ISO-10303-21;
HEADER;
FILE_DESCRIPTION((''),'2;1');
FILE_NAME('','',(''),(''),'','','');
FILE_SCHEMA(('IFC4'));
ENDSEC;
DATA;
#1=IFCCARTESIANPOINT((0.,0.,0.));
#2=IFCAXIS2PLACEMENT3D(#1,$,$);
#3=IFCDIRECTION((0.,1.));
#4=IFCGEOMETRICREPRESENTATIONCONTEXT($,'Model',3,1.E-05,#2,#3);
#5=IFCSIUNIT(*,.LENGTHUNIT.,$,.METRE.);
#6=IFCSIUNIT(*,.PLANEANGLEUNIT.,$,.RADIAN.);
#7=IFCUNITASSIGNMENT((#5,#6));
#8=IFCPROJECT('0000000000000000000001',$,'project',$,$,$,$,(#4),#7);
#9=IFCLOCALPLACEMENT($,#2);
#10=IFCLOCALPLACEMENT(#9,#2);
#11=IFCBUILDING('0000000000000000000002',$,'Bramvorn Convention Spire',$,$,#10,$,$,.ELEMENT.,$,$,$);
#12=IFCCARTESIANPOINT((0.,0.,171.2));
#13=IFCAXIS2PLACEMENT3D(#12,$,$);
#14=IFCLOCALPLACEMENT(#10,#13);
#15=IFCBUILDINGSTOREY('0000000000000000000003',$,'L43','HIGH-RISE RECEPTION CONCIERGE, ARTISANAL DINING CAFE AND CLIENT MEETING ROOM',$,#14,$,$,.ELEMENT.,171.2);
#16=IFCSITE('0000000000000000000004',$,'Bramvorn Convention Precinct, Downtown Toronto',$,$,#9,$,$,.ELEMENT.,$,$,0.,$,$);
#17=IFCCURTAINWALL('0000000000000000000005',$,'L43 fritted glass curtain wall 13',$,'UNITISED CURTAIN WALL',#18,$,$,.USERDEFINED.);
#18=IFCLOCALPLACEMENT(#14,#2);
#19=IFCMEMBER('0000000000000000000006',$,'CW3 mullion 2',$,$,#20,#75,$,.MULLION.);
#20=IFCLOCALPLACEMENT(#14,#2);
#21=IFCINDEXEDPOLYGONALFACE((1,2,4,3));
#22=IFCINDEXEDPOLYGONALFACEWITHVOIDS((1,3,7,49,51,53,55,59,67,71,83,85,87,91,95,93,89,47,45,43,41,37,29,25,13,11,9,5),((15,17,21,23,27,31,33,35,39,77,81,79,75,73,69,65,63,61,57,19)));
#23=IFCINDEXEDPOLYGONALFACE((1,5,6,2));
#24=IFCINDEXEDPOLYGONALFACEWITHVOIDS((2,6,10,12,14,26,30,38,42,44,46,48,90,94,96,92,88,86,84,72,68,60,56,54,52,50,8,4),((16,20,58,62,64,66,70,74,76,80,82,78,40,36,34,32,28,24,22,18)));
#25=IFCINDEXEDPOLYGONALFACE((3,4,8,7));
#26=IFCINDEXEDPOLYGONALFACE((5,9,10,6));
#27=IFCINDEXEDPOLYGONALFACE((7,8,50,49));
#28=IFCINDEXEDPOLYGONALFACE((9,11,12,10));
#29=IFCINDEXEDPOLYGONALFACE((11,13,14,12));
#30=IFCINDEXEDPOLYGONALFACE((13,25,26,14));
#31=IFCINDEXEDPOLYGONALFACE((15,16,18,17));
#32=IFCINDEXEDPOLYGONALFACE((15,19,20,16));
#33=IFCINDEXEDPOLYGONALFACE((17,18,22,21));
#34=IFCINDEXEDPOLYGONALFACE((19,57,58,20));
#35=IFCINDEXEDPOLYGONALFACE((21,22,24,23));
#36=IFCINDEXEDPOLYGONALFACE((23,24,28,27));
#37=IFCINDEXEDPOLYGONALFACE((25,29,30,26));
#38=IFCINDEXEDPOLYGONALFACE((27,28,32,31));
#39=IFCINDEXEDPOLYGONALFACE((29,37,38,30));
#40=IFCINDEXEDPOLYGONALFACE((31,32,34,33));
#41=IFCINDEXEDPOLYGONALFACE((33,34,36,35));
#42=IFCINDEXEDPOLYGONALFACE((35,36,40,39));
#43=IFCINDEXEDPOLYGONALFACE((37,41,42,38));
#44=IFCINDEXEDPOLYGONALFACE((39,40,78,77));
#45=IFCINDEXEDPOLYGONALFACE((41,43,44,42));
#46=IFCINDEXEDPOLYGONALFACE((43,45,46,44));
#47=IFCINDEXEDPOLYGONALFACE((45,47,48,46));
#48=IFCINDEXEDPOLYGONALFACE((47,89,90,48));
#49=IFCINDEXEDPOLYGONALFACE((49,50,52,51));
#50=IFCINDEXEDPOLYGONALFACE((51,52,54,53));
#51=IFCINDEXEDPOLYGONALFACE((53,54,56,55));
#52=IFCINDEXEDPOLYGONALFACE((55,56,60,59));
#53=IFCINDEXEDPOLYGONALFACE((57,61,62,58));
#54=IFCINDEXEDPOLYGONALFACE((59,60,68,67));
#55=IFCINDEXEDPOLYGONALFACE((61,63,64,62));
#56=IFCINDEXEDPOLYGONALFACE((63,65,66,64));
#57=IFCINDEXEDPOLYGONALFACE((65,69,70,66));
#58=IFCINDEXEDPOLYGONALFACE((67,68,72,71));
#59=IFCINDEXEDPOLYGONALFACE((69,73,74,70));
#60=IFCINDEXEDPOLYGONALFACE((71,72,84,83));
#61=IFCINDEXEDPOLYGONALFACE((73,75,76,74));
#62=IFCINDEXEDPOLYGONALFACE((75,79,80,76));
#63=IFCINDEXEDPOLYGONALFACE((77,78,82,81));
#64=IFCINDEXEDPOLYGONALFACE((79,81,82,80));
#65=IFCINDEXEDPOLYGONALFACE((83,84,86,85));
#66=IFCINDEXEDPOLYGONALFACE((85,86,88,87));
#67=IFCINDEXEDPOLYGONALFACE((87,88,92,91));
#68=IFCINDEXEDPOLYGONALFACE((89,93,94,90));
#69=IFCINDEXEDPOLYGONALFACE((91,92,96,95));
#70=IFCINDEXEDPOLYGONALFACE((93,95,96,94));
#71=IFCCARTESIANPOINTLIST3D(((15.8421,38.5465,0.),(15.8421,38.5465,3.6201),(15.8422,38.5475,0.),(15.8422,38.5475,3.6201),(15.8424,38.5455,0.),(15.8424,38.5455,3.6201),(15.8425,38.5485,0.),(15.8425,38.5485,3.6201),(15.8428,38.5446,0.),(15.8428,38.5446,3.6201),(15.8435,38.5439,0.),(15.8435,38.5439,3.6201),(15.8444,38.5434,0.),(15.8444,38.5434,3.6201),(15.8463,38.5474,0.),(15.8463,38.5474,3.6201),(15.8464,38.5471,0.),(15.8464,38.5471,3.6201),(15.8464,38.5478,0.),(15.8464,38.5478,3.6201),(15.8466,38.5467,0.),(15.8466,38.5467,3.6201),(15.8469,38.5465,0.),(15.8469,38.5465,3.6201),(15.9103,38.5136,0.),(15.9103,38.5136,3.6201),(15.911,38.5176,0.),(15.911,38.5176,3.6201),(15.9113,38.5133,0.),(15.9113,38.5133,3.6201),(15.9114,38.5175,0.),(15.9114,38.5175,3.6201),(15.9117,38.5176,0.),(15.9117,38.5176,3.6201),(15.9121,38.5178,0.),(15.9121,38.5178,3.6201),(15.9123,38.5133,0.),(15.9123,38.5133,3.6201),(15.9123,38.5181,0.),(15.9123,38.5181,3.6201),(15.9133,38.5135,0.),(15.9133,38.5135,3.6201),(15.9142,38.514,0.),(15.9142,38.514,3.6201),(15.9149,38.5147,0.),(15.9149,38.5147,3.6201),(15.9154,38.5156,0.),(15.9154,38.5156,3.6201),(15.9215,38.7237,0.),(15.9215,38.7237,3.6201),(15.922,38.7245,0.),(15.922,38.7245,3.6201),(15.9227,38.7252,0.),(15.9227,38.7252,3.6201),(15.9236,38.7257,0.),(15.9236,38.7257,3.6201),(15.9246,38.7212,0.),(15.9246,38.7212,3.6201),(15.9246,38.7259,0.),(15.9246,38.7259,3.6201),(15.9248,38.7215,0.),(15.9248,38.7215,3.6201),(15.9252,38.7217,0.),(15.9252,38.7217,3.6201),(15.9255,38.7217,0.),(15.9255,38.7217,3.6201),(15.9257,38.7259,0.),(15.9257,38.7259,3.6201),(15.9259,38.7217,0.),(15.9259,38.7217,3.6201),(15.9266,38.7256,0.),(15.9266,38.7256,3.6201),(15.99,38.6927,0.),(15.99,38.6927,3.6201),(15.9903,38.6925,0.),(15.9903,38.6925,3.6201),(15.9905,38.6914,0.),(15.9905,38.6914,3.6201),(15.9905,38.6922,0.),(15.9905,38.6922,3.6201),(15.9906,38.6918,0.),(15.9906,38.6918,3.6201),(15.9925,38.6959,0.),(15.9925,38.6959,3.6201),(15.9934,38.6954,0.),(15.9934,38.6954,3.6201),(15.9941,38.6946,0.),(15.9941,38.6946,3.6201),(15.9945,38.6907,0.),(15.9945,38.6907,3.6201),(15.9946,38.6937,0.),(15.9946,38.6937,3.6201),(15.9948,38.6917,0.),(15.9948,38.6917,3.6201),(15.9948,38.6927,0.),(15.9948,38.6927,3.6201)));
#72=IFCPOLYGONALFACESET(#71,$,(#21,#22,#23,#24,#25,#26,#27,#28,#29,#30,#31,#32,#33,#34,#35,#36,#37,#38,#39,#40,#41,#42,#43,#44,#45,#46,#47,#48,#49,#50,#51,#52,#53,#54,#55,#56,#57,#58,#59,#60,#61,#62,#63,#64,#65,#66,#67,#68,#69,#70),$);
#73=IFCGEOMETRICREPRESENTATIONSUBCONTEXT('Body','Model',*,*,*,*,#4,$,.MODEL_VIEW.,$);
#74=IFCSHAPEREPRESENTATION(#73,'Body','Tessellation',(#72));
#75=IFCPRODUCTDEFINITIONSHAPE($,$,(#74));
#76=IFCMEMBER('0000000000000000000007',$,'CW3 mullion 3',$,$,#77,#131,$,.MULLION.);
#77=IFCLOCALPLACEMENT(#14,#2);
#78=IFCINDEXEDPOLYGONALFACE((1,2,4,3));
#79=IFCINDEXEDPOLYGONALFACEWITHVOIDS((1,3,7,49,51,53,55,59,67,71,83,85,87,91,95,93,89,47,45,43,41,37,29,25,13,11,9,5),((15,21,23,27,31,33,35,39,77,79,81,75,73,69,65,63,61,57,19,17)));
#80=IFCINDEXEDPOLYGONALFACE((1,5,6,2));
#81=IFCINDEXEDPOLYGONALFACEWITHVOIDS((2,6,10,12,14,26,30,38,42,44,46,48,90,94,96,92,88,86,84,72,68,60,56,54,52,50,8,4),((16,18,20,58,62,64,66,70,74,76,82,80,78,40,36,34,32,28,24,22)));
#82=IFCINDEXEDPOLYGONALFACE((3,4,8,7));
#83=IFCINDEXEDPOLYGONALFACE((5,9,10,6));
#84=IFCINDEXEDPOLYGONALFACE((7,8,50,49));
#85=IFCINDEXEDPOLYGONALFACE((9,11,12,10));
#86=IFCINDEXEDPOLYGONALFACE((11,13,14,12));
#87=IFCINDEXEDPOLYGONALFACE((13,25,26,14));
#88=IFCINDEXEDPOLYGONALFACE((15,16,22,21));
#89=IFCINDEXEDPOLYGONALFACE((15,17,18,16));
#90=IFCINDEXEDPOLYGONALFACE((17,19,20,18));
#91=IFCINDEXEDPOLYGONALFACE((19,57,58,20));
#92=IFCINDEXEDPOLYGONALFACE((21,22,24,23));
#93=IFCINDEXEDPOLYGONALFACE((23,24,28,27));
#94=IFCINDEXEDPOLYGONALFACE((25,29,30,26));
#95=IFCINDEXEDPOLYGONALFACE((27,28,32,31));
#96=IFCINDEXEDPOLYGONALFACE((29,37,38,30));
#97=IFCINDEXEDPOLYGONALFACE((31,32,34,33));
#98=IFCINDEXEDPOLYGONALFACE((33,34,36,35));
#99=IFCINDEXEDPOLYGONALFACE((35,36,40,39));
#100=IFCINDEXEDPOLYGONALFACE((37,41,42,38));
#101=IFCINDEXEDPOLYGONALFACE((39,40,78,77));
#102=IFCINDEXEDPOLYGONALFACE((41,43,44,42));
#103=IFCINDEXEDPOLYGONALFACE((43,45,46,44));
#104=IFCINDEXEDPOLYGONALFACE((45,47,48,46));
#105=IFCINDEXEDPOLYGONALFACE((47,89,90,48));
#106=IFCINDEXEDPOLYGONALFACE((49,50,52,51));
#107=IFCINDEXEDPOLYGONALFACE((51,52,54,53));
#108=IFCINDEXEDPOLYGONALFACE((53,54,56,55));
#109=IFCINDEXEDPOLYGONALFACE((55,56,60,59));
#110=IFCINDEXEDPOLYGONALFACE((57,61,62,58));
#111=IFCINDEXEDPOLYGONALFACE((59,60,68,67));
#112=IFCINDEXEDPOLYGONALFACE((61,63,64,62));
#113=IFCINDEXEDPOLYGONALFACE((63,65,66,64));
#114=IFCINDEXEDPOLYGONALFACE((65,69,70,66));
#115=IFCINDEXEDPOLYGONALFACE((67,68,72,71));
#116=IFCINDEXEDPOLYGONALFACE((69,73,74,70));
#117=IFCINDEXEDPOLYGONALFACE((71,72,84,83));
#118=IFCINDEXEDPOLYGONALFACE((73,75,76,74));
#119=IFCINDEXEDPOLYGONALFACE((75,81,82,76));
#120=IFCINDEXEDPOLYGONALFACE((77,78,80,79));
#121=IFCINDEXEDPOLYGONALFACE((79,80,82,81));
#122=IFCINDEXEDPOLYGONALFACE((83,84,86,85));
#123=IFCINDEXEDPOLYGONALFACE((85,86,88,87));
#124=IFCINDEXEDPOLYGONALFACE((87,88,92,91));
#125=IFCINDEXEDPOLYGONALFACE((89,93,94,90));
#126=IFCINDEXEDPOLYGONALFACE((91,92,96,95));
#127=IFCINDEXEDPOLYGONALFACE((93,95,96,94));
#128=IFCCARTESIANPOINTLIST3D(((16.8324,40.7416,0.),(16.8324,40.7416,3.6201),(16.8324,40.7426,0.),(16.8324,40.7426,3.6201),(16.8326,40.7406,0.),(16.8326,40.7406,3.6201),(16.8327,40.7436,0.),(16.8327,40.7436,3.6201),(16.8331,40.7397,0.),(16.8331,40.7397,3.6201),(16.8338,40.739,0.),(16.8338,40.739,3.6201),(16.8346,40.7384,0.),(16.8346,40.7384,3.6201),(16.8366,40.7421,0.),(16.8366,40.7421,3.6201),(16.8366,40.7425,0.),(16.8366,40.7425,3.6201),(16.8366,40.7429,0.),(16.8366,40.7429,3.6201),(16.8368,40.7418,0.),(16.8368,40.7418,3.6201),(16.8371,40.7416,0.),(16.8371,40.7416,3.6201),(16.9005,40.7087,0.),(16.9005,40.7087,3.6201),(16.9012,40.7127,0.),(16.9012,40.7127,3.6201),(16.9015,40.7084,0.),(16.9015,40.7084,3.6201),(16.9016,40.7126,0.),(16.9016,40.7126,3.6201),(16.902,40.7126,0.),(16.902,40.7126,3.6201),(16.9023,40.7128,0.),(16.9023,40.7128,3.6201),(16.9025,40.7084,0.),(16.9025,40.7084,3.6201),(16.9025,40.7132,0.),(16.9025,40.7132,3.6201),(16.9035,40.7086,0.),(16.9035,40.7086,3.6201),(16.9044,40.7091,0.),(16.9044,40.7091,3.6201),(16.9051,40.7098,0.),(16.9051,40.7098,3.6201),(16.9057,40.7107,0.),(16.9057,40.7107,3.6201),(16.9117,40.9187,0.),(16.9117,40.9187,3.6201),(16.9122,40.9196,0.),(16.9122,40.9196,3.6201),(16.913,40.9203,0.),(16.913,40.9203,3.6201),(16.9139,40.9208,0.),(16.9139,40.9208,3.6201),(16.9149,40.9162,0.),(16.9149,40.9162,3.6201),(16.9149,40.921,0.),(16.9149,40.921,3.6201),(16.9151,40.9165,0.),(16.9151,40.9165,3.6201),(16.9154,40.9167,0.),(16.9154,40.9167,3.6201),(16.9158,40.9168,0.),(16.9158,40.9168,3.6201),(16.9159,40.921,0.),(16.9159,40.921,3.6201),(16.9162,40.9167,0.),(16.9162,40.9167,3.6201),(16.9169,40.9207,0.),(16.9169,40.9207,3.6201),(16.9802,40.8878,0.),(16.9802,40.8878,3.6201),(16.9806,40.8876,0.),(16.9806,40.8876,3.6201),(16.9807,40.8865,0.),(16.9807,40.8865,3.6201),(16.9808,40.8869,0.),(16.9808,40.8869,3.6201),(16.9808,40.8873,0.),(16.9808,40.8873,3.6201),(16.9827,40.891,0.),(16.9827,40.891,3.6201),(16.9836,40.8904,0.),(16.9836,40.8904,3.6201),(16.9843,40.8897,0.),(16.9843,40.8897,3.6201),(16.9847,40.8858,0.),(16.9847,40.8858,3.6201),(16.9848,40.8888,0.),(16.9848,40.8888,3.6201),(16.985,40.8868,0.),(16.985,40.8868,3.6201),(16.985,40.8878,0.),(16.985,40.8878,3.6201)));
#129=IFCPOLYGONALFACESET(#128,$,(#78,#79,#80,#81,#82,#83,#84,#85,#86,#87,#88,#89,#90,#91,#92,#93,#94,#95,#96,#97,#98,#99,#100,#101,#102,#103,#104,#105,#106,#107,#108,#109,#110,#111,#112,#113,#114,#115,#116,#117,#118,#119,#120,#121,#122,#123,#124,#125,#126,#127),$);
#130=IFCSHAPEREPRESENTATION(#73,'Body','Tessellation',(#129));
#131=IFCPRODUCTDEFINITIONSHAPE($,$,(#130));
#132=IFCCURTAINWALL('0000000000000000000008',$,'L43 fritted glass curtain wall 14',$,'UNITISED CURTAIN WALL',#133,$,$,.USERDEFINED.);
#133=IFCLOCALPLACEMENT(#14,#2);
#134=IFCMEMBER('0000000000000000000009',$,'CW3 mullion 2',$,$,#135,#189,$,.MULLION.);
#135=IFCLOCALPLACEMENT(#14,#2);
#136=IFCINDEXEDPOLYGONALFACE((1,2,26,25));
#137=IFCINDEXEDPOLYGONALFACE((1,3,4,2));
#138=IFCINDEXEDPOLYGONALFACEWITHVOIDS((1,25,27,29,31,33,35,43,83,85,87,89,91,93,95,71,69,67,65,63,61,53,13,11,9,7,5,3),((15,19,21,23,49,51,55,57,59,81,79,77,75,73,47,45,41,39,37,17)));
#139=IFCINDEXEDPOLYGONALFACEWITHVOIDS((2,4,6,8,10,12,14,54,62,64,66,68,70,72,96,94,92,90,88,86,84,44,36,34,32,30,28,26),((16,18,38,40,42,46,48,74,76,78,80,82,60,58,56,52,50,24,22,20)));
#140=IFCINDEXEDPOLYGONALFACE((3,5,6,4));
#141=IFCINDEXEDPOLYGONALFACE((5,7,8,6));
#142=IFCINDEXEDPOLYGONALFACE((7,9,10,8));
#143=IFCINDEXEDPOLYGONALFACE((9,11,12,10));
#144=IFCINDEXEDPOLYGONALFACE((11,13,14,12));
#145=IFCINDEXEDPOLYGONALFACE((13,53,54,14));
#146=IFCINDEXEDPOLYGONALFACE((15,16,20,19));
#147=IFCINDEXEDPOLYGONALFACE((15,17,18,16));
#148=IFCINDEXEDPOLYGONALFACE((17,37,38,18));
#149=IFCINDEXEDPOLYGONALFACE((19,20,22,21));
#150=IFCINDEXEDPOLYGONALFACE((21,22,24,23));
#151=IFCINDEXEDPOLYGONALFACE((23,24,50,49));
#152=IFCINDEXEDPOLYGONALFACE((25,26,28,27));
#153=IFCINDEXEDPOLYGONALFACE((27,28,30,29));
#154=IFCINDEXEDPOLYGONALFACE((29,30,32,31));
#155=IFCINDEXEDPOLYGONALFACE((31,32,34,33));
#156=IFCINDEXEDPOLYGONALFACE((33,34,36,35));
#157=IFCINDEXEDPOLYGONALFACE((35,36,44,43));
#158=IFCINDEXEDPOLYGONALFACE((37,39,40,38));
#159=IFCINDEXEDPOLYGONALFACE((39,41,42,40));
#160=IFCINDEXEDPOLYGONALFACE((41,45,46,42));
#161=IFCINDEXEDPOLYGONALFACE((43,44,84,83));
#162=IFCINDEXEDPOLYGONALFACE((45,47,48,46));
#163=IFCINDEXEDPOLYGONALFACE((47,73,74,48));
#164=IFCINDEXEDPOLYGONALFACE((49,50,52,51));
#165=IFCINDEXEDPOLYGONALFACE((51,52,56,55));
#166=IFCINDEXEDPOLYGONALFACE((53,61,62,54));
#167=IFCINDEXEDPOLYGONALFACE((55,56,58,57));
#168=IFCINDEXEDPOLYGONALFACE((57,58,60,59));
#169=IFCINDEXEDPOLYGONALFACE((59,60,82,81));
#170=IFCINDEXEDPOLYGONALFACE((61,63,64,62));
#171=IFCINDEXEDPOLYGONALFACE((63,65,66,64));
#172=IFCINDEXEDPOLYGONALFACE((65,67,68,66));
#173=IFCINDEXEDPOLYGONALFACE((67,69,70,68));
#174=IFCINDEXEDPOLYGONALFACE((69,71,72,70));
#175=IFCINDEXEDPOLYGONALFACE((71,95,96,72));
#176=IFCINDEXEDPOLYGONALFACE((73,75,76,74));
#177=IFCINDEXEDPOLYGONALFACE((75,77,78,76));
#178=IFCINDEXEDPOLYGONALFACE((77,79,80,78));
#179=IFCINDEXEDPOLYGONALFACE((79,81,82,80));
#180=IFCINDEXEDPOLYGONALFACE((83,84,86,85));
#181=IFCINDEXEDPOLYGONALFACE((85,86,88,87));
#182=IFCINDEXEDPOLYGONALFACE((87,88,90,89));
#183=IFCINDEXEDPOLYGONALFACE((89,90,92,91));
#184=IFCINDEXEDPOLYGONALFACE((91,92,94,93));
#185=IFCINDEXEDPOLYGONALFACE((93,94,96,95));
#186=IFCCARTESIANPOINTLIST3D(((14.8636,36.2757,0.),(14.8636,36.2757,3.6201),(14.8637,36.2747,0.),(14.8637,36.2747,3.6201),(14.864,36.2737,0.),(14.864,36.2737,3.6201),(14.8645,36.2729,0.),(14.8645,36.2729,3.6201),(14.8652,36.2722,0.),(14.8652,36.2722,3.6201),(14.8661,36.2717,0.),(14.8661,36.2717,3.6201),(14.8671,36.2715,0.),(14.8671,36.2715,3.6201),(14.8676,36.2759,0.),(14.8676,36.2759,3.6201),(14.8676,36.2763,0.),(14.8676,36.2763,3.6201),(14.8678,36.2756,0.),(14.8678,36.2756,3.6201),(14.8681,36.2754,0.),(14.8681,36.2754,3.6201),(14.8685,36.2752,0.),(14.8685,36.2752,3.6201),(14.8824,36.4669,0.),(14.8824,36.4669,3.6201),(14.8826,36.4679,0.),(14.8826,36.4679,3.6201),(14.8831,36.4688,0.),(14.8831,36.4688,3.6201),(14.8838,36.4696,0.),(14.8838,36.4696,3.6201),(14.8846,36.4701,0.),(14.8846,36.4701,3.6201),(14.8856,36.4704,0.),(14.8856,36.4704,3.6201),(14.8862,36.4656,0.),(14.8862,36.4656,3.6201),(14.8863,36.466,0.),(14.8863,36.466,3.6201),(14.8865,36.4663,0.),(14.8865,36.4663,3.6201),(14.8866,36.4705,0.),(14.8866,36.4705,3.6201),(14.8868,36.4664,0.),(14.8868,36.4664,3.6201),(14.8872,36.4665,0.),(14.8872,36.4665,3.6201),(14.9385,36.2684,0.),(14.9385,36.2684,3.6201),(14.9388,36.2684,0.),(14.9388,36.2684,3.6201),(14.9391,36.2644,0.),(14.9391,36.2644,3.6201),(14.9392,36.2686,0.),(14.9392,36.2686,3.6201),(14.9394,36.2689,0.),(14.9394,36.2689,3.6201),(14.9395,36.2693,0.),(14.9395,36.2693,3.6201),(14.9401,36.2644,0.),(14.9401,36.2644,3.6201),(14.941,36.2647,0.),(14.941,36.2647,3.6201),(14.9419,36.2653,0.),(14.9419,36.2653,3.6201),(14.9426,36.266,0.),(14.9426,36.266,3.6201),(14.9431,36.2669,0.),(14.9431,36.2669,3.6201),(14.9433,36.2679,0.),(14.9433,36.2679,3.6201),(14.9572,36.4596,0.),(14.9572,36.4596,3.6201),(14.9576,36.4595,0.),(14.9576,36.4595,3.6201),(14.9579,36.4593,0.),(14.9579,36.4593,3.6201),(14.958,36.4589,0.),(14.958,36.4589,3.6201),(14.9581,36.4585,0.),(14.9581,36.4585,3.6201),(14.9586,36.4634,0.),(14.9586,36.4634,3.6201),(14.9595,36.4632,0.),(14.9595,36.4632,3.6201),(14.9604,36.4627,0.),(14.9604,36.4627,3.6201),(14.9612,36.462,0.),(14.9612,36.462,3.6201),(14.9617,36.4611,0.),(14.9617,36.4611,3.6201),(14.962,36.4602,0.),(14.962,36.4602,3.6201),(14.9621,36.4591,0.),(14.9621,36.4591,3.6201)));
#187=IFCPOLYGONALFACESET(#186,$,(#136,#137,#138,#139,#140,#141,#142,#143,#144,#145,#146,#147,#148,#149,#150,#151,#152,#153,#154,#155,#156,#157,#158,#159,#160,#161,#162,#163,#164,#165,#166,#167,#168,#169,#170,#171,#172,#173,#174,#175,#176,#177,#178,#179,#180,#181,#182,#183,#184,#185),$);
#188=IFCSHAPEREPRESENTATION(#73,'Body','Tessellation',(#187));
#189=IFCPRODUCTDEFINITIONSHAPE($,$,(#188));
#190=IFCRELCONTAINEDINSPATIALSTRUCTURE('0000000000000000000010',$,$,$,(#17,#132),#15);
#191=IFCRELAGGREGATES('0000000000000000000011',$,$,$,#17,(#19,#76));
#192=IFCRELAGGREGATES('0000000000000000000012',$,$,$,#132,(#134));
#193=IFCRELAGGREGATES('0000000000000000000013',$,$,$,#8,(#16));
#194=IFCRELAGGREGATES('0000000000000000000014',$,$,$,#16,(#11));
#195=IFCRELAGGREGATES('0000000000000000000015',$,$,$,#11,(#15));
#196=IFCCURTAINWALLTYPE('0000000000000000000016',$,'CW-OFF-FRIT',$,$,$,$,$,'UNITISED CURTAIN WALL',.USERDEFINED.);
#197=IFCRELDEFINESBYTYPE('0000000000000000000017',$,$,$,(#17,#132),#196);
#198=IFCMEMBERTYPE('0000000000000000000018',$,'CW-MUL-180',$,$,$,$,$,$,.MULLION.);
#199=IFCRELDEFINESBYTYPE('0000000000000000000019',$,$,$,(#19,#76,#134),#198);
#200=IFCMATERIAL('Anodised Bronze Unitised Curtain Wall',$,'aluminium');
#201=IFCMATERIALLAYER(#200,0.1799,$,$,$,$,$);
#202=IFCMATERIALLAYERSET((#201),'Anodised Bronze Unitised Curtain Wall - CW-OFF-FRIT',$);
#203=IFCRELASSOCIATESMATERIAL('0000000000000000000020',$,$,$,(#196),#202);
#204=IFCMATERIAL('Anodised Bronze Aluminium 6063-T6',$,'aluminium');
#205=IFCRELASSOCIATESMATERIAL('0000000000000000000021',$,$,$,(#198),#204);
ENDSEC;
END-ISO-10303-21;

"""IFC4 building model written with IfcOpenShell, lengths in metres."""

from ifc_helpers import new_model, si_unit, direction, frame, origin, origin_2d, place, context, subcontext, project, spatial, hollow_rectangle, extrude, material, layer, layer_set, material_profile, profile_set, type_object, element, aggregate, save


model = new_model("IFC4")

# Units and contexts
model_context = context("Model", 3, precision=1e-05, world=origin(), true_north=direction((0.0, 1.0)))
body_context = subcontext(model_context, "Body", "Model", "MODEL_VIEW")
ifc_project = project(units=[si_unit("LENGTHUNIT", "METRE"), si_unit("PLANEANGLEUNIT", "RADIAN")], contexts=[model_context])

# Site, building, storey
site_placement = place(None, origin())
site = spatial("IfcSite", under=ifc_project, at=site_placement, Name="Bramvorn Convention Precinct, Downtown Toronto", CompositionType="ELEMENT", RefElevation=0.0)
building_placement = place(site_placement, origin())
building = spatial("IfcBuilding", under=site, at=building_placement, Name="Bramvorn Convention Spire", CompositionType="ELEMENT")
storey_placement = place(building_placement, frame((0.0, 0.0, 171.2)))
storey = spatial("IfcBuildingStorey", under=building, at=storey_placement, Name="L43", Description="HIGH-RISE RECEPTION CONCIERGE, ARTISANAL DINING CAFE AND CLIENT MEETING ROOM", CompositionType="ELEMENT", Elevation=171.2)

# Curtain wall, members
ifc_material_1 = material(Name="Anodised Bronze Unitised Curtain Wall", Category="aluminium")
ifc_layer_1 = layer(ifc_material_1, 0.1799)
ifc_layer_set_1 = layer_set([ifc_layer_1], Name="Anodised Bronze Unitised Curtain Wall - CW-OFF-FRIT")
curtain_wall_type = type_object("IfcCurtainWallType", Name="CW-OFF-FRIT", ElementType="UNITISED CURTAIN WALL", PredefinedType="USERDEFINED", material=ifc_layer_set_1)
curtain_wall_1_placement = place(storey_placement, origin())
curtain_wall_1 = element("IfcCurtainWall", 1, at=curtain_wall_1_placement, inside=storey, type_object=curtain_wall_type, Name="L43 fritted glass curtain wall 13", ObjectType="UNITISED CURTAIN WALL", PredefinedType="USERDEFINED")
ifc_material_2 = material(Name="Anodised Bronze Aluminium 6063-T6", Category="aluminium")
ifc_material_profile_1 = material_profile(ifc_material_2, hollow_rectangle(XDim=0.0801, YDim=0.2, WallThickness=0.0039, InnerFilletRadius=0.001, OuterFilletRadius=0.0039, at=origin_2d()))
ifc_profile_set_1 = profile_set([ifc_material_profile_1], Name="Anodised Bronze Aluminium 6063-T6 - CWM80X200")
member_type_1 = type_object("IfcMemberType", Name="CW-MUL-180", PredefinedType="MULLION", material=ifc_profile_set_1)
member_1_placement = place(storey_placement, frame((15.9185, 38.6196, 0.0), z_axis=(0.0, 0.0, 1.0), x_axis=(-0.911527, 0.411241, 0.0)))
member_1 = element("IfcMember", 2, at=member_1_placement, type_object=member_type_1, Name="CW3 mullion 2", PredefinedType="MULLION", context=body_context, shape_type="SweptSolid", body=[
    extrude(hollow_rectangle(XDim=0.0801, YDim=0.2, WallThickness=0.0039, InnerFilletRadius=0.001, OuterFilletRadius=0.0039, at=origin_2d()), origin(), (0.0, 0.0, 1.0), 3.6201),
])
member_2_placement = place(storey_placement, frame((16.9087, 40.8147, 0.0), z_axis=(0.0, 0.0, 1.0), x_axis=(-0.911527, 0.411241, 0.0)))
member_2 = element("IfcMember", 3, at=member_2_placement, type_object=member_type_1, Name="CW3 mullion 3", PredefinedType="MULLION", context=body_context, shape_type="SweptSolid", body=[
    extrude(hollow_rectangle(XDim=0.0801, YDim=0.2, WallThickness=0.0039, InnerFilletRadius=0.001, OuterFilletRadius=0.0039, at=origin_2d()), origin(), (0.0, 0.0, 1.0), 3.6201),
])

# Curtain wall, member
curtain_wall_2_placement = place(storey_placement, origin())
curtain_wall_2 = element("IfcCurtainWall", 4, at=curtain_wall_2_placement, inside=storey, type_object=curtain_wall_type, Name="L43 fritted glass curtain wall 14", ObjectType="UNITISED CURTAIN WALL", PredefinedType="USERDEFINED")
member_3_placement = place(storey_placement, frame((14.9128, 36.3674, 0.0), z_axis=(0.0, 0.0, 1.0), x_axis=(-0.995234, 0.09752, 0.0)))
member_3 = element("IfcMember", 5, at=member_3_placement, type_object=member_type_1, Name="CW3 mullion 2", PredefinedType="MULLION", context=body_context, shape_type="SweptSolid", body=[
    extrude(hollow_rectangle(XDim=0.0801, YDim=0.2, WallThickness=0.0039, InnerFilletRadius=0.001, OuterFilletRadius=0.0039, at=origin_2d()), origin(), (0.0, 0.0, 1.0), 3.6201),
])

aggregate(curtain_wall_1, [member_1, member_2])
aggregate(curtain_wall_2, [member_3])

save(model, "model.ifc")
